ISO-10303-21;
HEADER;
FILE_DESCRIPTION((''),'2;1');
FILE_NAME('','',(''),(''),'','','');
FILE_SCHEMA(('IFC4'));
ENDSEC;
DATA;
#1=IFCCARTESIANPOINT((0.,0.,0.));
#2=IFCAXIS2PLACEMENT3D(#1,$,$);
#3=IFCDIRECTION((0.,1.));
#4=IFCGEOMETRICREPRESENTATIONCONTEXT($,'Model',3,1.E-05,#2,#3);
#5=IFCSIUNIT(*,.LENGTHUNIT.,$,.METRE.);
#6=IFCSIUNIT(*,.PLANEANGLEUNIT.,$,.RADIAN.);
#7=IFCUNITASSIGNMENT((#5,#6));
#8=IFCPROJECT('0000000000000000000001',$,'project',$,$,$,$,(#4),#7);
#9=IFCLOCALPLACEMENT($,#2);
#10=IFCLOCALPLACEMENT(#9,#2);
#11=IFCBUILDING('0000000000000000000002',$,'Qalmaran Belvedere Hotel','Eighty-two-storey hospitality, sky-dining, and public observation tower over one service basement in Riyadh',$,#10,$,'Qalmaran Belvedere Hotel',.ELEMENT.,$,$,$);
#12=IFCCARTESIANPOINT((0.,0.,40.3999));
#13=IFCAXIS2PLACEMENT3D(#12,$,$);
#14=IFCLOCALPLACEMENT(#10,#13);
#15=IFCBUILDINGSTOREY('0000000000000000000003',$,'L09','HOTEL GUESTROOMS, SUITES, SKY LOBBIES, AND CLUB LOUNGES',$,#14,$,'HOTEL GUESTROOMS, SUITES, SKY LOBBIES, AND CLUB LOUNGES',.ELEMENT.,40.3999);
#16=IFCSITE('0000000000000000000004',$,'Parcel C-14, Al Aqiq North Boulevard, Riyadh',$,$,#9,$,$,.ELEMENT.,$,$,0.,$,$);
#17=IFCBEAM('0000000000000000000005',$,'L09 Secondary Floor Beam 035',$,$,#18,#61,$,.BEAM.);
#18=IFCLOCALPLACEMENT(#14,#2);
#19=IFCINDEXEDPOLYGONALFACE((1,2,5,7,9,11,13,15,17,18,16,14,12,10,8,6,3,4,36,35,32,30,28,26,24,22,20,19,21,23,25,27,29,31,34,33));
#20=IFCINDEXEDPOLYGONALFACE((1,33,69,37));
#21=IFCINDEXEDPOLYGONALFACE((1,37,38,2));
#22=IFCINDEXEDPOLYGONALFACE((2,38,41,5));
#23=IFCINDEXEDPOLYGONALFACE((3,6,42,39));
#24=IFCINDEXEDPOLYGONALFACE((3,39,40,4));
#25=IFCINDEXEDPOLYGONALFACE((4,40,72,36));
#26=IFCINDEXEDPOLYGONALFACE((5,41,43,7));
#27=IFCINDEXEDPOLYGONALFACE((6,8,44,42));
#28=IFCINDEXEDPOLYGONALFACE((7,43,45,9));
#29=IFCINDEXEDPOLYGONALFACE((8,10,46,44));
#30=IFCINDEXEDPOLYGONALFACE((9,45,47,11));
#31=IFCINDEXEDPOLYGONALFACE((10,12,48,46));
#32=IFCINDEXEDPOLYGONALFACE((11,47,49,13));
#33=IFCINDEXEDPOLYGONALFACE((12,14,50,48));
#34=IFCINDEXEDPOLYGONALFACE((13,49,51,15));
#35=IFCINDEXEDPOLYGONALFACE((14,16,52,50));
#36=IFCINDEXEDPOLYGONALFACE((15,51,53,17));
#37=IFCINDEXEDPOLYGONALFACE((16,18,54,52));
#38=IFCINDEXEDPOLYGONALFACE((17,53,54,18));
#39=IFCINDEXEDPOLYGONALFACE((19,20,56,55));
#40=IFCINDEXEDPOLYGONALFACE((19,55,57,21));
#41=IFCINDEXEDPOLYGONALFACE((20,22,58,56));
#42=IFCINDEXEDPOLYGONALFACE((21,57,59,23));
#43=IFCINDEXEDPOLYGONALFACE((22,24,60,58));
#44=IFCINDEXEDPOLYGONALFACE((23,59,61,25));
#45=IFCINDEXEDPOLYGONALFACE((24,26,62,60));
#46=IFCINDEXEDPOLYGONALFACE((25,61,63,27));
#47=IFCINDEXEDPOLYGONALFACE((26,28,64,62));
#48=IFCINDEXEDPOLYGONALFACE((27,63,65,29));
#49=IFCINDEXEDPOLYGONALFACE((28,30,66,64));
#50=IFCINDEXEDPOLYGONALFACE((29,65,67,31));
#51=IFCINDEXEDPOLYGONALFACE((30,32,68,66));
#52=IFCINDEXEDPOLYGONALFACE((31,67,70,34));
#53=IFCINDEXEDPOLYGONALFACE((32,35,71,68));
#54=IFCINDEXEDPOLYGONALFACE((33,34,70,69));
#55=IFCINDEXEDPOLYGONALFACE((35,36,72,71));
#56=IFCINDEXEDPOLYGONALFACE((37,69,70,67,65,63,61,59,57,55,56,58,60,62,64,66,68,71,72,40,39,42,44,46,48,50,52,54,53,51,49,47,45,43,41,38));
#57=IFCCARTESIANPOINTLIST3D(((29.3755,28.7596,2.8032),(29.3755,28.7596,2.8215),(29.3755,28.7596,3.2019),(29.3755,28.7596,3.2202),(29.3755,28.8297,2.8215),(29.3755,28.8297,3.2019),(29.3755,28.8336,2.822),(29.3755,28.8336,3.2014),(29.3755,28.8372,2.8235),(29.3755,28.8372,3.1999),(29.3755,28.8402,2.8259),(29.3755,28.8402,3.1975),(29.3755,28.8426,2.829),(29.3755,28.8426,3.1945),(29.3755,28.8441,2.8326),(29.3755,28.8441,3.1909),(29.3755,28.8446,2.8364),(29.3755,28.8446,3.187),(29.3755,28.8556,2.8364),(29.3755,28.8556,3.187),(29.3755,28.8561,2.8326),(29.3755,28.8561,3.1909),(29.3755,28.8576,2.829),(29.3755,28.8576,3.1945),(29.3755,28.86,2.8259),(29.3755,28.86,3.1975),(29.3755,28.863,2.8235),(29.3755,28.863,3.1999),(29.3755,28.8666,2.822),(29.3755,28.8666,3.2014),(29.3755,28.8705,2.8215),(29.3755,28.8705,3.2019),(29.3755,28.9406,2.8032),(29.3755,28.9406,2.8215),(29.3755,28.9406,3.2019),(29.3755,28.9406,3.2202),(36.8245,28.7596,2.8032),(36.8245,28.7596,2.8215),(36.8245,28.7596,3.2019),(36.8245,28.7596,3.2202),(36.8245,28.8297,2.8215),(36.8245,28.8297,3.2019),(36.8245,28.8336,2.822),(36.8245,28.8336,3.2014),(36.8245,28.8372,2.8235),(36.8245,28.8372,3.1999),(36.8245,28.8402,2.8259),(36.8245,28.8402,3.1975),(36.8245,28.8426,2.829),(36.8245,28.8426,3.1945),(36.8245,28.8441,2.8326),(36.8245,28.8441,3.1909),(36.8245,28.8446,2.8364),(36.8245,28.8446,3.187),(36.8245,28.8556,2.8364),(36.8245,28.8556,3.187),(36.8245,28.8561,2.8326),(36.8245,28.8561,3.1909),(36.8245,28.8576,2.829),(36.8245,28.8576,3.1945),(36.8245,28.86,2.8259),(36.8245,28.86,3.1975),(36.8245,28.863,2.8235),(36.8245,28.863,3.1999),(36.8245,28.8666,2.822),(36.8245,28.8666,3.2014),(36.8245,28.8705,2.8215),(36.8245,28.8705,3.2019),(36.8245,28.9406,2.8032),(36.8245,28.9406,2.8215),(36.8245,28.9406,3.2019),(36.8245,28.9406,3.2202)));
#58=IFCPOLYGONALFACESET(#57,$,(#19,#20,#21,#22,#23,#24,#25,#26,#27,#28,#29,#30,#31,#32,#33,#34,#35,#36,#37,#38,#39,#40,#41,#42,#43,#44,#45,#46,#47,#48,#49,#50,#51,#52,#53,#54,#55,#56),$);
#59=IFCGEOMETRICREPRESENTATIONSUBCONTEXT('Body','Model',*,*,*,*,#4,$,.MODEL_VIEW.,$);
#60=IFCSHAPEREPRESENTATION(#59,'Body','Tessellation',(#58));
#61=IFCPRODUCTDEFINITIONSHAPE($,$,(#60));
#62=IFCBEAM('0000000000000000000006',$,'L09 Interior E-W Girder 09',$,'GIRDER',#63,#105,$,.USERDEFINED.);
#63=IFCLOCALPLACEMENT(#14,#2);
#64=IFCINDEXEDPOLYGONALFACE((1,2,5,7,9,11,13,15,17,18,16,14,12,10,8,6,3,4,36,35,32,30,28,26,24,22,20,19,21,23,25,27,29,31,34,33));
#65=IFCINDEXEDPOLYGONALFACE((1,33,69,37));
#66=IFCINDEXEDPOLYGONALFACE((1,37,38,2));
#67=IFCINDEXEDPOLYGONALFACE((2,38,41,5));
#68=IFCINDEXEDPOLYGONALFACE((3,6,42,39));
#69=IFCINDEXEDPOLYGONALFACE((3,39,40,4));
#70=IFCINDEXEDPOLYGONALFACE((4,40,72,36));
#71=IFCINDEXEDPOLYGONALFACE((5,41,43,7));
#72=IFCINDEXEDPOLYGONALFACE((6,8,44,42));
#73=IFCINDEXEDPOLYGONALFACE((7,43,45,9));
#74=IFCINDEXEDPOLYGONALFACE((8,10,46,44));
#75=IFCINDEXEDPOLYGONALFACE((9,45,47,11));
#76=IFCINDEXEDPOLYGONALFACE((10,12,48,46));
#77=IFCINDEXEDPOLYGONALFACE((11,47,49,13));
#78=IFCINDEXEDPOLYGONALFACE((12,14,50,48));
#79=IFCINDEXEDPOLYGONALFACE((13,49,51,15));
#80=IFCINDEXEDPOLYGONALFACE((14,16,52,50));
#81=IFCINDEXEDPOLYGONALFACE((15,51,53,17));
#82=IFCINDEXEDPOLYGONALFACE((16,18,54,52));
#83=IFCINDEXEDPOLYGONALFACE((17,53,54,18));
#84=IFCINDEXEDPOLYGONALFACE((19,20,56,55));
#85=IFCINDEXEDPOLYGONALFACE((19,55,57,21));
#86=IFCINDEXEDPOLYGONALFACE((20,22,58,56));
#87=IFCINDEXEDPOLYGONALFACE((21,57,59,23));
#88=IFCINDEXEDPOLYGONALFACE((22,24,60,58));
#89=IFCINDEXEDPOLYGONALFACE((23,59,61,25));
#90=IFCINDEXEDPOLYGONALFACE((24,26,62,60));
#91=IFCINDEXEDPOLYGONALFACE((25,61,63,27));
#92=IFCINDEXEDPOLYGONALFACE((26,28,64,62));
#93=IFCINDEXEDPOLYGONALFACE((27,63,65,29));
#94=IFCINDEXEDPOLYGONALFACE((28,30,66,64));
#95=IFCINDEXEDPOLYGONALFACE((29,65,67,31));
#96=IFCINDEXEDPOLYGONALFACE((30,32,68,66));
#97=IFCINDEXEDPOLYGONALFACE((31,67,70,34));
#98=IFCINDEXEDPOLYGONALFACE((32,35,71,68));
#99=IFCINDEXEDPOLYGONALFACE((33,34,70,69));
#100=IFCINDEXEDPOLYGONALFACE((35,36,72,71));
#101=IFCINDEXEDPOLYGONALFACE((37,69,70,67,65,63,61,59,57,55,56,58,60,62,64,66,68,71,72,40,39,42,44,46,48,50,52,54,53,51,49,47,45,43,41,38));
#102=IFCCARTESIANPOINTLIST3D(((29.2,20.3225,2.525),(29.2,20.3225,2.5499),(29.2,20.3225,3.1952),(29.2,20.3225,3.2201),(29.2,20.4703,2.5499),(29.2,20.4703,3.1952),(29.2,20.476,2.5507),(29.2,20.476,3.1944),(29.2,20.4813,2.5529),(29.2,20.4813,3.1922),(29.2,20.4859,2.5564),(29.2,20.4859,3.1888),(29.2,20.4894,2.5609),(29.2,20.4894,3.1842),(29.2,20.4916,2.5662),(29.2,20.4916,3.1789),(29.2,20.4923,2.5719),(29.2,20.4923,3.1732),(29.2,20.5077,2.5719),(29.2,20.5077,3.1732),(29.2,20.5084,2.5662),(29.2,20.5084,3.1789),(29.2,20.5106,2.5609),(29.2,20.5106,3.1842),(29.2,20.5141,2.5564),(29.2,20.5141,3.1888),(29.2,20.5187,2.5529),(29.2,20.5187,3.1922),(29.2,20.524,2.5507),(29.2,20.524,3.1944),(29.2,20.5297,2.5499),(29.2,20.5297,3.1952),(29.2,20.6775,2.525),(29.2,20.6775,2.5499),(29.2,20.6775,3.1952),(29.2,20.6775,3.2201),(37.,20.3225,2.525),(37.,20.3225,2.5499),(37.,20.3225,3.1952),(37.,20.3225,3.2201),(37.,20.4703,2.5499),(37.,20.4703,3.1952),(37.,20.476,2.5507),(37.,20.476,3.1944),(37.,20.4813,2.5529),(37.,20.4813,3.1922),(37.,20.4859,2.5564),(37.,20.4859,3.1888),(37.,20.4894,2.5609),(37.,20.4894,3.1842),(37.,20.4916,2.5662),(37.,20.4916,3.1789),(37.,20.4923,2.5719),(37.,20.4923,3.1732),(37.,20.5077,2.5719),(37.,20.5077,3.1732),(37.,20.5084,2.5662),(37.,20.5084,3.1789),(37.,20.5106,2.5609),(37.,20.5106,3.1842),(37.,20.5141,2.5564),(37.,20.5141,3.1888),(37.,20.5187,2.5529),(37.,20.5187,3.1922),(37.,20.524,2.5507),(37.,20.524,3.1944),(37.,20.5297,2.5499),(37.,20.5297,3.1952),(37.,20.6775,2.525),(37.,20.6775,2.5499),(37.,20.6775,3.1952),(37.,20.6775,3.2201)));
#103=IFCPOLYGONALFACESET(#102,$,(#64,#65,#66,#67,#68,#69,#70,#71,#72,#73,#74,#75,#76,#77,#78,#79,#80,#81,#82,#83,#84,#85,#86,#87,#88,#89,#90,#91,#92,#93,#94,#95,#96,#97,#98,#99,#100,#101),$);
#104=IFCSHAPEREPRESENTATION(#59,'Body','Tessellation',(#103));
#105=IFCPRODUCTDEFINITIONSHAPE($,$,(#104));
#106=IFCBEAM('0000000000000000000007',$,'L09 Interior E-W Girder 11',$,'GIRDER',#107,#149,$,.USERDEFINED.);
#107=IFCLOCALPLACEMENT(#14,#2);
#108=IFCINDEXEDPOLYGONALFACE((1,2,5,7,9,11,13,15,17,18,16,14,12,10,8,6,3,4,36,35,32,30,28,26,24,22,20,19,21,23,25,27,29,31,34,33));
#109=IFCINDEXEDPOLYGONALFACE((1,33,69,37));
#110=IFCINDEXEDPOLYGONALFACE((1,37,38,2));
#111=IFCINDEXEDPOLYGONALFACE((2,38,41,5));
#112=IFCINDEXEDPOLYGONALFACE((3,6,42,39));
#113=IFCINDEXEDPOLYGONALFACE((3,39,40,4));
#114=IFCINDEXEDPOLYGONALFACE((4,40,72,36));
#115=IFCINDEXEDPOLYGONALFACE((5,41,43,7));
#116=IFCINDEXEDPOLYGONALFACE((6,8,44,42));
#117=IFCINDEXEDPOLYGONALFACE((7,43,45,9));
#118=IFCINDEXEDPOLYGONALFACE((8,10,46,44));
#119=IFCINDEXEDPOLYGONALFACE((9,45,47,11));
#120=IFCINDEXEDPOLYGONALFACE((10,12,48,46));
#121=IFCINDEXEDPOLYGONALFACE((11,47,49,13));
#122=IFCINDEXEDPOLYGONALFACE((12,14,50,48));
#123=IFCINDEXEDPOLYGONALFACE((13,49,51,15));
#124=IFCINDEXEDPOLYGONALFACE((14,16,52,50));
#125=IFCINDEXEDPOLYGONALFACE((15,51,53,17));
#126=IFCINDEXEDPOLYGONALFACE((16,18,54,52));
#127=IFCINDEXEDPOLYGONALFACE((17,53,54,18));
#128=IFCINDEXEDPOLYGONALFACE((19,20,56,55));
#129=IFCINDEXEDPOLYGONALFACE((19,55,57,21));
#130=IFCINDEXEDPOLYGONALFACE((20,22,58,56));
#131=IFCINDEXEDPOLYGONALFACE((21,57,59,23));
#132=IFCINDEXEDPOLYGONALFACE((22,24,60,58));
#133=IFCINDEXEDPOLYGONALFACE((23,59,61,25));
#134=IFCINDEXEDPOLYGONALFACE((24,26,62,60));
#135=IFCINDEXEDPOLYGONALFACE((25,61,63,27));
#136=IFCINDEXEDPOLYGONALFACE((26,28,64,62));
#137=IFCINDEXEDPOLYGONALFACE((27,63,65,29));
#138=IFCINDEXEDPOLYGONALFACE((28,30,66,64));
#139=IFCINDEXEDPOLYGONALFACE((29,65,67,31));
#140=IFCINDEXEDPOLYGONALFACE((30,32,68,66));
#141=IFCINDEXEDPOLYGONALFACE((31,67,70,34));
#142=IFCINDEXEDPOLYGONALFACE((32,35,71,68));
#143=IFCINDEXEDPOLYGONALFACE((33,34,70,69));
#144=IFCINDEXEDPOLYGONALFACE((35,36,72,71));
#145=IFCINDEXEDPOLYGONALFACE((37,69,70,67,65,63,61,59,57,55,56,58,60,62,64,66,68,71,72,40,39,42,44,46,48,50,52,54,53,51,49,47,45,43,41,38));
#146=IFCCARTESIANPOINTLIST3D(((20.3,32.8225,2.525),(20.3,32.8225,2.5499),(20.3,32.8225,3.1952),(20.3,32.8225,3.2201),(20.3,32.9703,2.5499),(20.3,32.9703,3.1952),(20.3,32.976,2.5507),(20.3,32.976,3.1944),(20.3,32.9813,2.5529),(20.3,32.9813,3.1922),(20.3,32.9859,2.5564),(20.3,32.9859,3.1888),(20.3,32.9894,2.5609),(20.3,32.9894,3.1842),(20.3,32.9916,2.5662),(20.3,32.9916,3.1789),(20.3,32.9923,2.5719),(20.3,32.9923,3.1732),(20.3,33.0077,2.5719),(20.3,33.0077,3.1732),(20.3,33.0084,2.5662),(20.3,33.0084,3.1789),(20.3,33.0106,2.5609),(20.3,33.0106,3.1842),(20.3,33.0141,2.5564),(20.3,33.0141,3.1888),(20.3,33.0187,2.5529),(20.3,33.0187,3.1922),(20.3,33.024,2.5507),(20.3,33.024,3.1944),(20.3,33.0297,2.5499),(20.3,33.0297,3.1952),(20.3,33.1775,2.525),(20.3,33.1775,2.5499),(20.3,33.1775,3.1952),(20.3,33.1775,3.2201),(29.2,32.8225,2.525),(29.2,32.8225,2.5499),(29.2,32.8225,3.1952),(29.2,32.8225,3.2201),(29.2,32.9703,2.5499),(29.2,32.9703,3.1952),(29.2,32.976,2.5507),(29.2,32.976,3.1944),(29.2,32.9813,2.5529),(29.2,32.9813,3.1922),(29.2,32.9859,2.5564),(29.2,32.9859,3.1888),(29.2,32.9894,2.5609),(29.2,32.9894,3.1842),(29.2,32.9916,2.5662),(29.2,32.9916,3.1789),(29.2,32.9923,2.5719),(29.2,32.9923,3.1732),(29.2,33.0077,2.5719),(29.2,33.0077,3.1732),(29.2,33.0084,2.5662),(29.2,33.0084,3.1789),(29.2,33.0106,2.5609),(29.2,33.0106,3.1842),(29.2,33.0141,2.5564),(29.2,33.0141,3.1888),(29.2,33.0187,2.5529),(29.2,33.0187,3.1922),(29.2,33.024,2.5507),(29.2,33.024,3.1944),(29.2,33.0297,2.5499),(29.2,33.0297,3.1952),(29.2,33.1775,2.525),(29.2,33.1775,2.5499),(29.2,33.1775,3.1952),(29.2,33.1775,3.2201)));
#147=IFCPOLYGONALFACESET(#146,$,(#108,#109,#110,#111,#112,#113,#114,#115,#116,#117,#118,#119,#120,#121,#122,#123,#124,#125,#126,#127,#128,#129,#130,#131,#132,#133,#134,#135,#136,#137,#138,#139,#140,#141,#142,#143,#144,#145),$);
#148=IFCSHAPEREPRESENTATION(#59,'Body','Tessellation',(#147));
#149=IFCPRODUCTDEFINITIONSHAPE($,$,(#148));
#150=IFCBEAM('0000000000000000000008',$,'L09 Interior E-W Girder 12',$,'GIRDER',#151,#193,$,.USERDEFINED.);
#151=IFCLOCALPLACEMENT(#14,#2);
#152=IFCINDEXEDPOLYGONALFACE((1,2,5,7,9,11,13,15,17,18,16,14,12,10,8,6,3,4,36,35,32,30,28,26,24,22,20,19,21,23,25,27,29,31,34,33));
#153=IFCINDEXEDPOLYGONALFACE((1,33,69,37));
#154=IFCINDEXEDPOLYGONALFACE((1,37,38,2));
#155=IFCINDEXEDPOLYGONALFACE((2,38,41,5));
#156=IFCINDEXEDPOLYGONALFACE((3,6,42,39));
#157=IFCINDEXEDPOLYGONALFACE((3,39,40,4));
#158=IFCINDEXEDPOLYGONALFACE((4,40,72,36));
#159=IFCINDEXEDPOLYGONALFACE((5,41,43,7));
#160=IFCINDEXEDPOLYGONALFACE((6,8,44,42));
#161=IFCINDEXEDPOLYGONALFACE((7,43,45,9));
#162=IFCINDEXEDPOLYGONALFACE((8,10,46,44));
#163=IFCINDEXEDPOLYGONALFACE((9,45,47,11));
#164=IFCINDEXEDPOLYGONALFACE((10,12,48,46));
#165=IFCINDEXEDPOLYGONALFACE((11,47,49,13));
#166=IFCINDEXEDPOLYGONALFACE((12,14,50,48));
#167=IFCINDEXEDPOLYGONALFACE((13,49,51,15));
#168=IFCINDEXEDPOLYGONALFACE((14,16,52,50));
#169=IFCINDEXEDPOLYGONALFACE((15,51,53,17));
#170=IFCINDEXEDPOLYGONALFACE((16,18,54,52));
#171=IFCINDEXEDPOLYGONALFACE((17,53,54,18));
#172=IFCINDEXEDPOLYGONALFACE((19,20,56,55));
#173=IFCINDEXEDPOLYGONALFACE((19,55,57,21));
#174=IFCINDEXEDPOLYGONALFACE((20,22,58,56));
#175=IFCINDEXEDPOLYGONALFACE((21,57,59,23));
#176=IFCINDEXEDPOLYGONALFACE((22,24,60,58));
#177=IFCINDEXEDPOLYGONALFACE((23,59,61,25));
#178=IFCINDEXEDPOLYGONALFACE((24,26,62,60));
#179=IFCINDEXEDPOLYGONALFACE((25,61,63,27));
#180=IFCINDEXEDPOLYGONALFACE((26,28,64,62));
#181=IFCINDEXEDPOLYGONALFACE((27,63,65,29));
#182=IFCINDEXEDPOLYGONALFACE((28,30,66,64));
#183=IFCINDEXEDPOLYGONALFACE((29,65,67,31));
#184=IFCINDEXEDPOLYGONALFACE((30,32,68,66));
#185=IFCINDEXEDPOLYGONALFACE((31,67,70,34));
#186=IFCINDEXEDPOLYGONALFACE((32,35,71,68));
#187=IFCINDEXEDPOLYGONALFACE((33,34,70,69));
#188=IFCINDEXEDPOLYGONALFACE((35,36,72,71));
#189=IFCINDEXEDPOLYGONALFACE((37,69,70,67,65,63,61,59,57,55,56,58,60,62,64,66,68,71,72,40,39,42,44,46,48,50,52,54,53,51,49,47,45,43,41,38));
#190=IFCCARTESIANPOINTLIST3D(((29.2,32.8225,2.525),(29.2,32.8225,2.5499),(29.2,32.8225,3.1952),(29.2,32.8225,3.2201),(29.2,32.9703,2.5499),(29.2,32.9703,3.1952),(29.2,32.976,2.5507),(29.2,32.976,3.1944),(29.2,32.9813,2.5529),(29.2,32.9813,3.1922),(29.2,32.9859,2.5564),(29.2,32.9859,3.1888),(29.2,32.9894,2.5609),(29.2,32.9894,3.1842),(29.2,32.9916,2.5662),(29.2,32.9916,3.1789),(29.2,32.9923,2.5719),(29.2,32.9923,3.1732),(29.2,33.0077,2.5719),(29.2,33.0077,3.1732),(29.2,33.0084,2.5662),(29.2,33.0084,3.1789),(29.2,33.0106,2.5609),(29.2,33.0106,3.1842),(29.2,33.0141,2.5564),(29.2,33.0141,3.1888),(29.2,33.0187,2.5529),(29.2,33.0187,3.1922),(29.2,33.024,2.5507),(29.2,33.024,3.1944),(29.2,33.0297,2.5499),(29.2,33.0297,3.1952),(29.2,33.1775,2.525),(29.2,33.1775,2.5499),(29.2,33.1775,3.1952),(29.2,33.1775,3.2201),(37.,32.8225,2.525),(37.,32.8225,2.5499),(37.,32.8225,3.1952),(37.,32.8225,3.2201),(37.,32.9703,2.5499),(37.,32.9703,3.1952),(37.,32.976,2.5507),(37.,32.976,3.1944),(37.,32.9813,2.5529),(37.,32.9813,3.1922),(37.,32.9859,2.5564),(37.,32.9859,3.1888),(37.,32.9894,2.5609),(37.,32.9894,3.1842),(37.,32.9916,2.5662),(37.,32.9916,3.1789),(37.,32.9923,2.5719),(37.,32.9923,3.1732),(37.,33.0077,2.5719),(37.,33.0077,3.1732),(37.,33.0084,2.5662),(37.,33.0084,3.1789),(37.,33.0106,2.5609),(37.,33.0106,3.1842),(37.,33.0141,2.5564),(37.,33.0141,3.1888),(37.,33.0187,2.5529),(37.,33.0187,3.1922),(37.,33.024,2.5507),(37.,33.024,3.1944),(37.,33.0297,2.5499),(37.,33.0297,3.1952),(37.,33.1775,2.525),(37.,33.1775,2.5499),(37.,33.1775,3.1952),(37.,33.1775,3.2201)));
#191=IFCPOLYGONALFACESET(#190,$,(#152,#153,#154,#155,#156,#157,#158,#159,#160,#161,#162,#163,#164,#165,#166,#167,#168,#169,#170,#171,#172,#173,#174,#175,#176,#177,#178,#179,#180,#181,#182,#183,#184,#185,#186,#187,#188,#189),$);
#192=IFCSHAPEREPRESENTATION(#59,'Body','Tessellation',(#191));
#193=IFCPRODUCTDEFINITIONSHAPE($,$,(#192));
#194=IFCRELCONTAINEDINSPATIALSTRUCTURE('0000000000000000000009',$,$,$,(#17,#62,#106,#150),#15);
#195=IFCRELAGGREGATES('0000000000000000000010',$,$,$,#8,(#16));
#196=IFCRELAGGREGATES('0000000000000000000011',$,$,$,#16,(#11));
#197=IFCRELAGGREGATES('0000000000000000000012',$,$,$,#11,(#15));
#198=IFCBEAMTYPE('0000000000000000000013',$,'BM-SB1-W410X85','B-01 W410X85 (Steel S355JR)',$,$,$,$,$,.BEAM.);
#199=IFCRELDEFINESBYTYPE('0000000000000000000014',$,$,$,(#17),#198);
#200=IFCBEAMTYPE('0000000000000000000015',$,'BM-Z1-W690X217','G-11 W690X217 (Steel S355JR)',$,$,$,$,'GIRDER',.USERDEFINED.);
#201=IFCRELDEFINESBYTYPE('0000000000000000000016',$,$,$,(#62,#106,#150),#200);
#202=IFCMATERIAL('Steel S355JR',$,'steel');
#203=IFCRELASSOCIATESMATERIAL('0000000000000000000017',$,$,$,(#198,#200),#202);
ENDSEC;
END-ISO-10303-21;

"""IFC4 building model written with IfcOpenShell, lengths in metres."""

from ifc_helpers import new_model, si_unit, direction, frame, origin, origin_2d, place, context, subcontext, project, spatial, i_section, extrude, material, material_profile, profile_set, type_object, element, save


model = new_model("IFC4")

# Units and contexts
model_context = context("Model", 3, precision=1e-05, world=origin(), true_north=direction((0.0, 1.0)))
body_context = subcontext(model_context, "Body", "Model", "MODEL_VIEW")
ifc_project = project(units=[si_unit("LENGTHUNIT", "METRE"), si_unit("PLANEANGLEUNIT", "RADIAN")], contexts=[model_context])

# Site, building, storey
site_placement = place(None, origin())
site = spatial("IfcSite", under=ifc_project, at=site_placement, Name="Parcel C-14, Al Aqiq North Boulevard, Riyadh", CompositionType="ELEMENT", RefElevation=0.0)
building_placement = place(site_placement, origin())
building = spatial("IfcBuilding", under=site, at=building_placement, Name="Qalmaran Belvedere Hotel", Description="Eighty-two-storey hospitality, sky-dining, and public observation tower over one service basement in Riyadh", LongName="Qalmaran Belvedere Hotel", CompositionType="ELEMENT")
storey_placement = place(building_placement, frame((0.0, 0.0, 40.3999)))
storey = spatial("IfcBuildingStorey", under=building, at=storey_placement, Name="L09", Description="HOTEL GUESTROOMS, SUITES, SKY LOBBIES, AND CLUB LOUNGES", LongName="HOTEL GUESTROOMS, SUITES, SKY LOBBIES, AND CLUB LOUNGES", CompositionType="ELEMENT", Elevation=40.3999)

# Beams
ifc_material_1 = material(Name="Steel S355JR", Category="steel")
ifc_material_profile_1 = material_profile(ifc_material_1, i_section(OverallWidth=0.1809, OverallDepth=0.417, WebThickness=0.011, FlangeThickness=0.0183, FilletRadius=0.0149, at=origin_2d()), Name="W410X85")
ifc_profile_set_1 = profile_set([ifc_material_profile_1], Name="Steel S355JR")
beam_type_1 = type_object("IfcBeamType", Name="BM-SB1-W410X85", Description="B-01 W410X85 (Steel S355JR)", PredefinedType="BEAM", material=ifc_profile_set_1)
beam_1_placement = place(storey_placement, frame((29.3755, 28.8501, 3.0117), z_axis=(1.0, 0.0, 0.0), x_axis=(0.0, 1.0, 0.0)))
element("IfcBeam", 1, at=beam_1_placement, inside=storey, type_object=beam_type_1, Name="L09 Secondary Floor Beam 035", PredefinedType="BEAM", context=body_context, shape_type="SweptSolid", body=[
    extrude(i_section(OverallWidth=0.1809, OverallDepth=0.417, WebThickness=0.011, FlangeThickness=0.0183, FilletRadius=0.0149, at=origin_2d()), origin(), (0.0, 0.0, 1.0), 7.449),
])
ifc_material_profile_2 = material_profile(ifc_material_1, i_section(OverallWidth=0.355, OverallDepth=0.6951, WebThickness=0.0154, FlangeThickness=0.0249, FilletRadius=0.022, at=origin_2d()), Name="W690X217")
ifc_profile_set_2 = profile_set([ifc_material_profile_2], Name="Steel S355JR")
beam_type_2 = type_object("IfcBeamType", Name="BM-Z1-W690X217", Description="G-11 W690X217 (Steel S355JR)", ElementType="GIRDER", PredefinedType="USERDEFINED", material=ifc_profile_set_2)
beam_2_placement = place(storey_placement, frame((29.2, 20.5, 2.8726), z_axis=(1.0, 0.0, 0.0), x_axis=(0.0, 1.0, 0.0)))
element("IfcBeam", 2, at=beam_2_placement, inside=storey, type_object=beam_type_2, Name="L09 Interior E-W Girder 09", ObjectType="GIRDER", PredefinedType="USERDEFINED", context=body_context, shape_type="SweptSolid", body=[
    extrude(i_section(OverallWidth=0.355, OverallDepth=0.6951, WebThickness=0.0154, FlangeThickness=0.0249, FilletRadius=0.022, at=origin_2d()), origin(), (0.0, 0.0, 1.0), 7.8),
])
beam_3_placement = place(storey_placement, frame((20.3, 33.0, 2.8726), z_axis=(1.0, 0.0, 0.0), x_axis=(0.0, 1.0, 0.0)))
element("IfcBeam", 3, at=beam_3_placement, inside=storey, type_object=beam_type_2, Name="L09 Interior E-W Girder 11", ObjectType="GIRDER", PredefinedType="USERDEFINED", context=body_context, shape_type="SweptSolid", body=[
    extrude(i_section(OverallWidth=0.355, OverallDepth=0.6951, WebThickness=0.0154, FlangeThickness=0.0249, FilletRadius=0.022, at=origin_2d()), origin(), (0.0, 0.0, 1.0), 8.8999),
])
beam_4_placement = place(storey_placement, frame((29.2, 33.0, 2.8726), z_axis=(1.0, 0.0, 0.0), x_axis=(0.0, 1.0, 0.0)))
element("IfcBeam", 4, at=beam_4_placement, inside=storey, type_object=beam_type_2, Name="L09 Interior E-W Girder 12", ObjectType="GIRDER", PredefinedType="USERDEFINED", context=body_context, shape_type="SweptSolid", body=[
    extrude(i_section(OverallWidth=0.355, OverallDepth=0.6951, WebThickness=0.0154, FlangeThickness=0.0249, FilletRadius=0.022, at=origin_2d()), origin(), (0.0, 0.0, 1.0), 7.8),
])

save(model, "model.ifc")
